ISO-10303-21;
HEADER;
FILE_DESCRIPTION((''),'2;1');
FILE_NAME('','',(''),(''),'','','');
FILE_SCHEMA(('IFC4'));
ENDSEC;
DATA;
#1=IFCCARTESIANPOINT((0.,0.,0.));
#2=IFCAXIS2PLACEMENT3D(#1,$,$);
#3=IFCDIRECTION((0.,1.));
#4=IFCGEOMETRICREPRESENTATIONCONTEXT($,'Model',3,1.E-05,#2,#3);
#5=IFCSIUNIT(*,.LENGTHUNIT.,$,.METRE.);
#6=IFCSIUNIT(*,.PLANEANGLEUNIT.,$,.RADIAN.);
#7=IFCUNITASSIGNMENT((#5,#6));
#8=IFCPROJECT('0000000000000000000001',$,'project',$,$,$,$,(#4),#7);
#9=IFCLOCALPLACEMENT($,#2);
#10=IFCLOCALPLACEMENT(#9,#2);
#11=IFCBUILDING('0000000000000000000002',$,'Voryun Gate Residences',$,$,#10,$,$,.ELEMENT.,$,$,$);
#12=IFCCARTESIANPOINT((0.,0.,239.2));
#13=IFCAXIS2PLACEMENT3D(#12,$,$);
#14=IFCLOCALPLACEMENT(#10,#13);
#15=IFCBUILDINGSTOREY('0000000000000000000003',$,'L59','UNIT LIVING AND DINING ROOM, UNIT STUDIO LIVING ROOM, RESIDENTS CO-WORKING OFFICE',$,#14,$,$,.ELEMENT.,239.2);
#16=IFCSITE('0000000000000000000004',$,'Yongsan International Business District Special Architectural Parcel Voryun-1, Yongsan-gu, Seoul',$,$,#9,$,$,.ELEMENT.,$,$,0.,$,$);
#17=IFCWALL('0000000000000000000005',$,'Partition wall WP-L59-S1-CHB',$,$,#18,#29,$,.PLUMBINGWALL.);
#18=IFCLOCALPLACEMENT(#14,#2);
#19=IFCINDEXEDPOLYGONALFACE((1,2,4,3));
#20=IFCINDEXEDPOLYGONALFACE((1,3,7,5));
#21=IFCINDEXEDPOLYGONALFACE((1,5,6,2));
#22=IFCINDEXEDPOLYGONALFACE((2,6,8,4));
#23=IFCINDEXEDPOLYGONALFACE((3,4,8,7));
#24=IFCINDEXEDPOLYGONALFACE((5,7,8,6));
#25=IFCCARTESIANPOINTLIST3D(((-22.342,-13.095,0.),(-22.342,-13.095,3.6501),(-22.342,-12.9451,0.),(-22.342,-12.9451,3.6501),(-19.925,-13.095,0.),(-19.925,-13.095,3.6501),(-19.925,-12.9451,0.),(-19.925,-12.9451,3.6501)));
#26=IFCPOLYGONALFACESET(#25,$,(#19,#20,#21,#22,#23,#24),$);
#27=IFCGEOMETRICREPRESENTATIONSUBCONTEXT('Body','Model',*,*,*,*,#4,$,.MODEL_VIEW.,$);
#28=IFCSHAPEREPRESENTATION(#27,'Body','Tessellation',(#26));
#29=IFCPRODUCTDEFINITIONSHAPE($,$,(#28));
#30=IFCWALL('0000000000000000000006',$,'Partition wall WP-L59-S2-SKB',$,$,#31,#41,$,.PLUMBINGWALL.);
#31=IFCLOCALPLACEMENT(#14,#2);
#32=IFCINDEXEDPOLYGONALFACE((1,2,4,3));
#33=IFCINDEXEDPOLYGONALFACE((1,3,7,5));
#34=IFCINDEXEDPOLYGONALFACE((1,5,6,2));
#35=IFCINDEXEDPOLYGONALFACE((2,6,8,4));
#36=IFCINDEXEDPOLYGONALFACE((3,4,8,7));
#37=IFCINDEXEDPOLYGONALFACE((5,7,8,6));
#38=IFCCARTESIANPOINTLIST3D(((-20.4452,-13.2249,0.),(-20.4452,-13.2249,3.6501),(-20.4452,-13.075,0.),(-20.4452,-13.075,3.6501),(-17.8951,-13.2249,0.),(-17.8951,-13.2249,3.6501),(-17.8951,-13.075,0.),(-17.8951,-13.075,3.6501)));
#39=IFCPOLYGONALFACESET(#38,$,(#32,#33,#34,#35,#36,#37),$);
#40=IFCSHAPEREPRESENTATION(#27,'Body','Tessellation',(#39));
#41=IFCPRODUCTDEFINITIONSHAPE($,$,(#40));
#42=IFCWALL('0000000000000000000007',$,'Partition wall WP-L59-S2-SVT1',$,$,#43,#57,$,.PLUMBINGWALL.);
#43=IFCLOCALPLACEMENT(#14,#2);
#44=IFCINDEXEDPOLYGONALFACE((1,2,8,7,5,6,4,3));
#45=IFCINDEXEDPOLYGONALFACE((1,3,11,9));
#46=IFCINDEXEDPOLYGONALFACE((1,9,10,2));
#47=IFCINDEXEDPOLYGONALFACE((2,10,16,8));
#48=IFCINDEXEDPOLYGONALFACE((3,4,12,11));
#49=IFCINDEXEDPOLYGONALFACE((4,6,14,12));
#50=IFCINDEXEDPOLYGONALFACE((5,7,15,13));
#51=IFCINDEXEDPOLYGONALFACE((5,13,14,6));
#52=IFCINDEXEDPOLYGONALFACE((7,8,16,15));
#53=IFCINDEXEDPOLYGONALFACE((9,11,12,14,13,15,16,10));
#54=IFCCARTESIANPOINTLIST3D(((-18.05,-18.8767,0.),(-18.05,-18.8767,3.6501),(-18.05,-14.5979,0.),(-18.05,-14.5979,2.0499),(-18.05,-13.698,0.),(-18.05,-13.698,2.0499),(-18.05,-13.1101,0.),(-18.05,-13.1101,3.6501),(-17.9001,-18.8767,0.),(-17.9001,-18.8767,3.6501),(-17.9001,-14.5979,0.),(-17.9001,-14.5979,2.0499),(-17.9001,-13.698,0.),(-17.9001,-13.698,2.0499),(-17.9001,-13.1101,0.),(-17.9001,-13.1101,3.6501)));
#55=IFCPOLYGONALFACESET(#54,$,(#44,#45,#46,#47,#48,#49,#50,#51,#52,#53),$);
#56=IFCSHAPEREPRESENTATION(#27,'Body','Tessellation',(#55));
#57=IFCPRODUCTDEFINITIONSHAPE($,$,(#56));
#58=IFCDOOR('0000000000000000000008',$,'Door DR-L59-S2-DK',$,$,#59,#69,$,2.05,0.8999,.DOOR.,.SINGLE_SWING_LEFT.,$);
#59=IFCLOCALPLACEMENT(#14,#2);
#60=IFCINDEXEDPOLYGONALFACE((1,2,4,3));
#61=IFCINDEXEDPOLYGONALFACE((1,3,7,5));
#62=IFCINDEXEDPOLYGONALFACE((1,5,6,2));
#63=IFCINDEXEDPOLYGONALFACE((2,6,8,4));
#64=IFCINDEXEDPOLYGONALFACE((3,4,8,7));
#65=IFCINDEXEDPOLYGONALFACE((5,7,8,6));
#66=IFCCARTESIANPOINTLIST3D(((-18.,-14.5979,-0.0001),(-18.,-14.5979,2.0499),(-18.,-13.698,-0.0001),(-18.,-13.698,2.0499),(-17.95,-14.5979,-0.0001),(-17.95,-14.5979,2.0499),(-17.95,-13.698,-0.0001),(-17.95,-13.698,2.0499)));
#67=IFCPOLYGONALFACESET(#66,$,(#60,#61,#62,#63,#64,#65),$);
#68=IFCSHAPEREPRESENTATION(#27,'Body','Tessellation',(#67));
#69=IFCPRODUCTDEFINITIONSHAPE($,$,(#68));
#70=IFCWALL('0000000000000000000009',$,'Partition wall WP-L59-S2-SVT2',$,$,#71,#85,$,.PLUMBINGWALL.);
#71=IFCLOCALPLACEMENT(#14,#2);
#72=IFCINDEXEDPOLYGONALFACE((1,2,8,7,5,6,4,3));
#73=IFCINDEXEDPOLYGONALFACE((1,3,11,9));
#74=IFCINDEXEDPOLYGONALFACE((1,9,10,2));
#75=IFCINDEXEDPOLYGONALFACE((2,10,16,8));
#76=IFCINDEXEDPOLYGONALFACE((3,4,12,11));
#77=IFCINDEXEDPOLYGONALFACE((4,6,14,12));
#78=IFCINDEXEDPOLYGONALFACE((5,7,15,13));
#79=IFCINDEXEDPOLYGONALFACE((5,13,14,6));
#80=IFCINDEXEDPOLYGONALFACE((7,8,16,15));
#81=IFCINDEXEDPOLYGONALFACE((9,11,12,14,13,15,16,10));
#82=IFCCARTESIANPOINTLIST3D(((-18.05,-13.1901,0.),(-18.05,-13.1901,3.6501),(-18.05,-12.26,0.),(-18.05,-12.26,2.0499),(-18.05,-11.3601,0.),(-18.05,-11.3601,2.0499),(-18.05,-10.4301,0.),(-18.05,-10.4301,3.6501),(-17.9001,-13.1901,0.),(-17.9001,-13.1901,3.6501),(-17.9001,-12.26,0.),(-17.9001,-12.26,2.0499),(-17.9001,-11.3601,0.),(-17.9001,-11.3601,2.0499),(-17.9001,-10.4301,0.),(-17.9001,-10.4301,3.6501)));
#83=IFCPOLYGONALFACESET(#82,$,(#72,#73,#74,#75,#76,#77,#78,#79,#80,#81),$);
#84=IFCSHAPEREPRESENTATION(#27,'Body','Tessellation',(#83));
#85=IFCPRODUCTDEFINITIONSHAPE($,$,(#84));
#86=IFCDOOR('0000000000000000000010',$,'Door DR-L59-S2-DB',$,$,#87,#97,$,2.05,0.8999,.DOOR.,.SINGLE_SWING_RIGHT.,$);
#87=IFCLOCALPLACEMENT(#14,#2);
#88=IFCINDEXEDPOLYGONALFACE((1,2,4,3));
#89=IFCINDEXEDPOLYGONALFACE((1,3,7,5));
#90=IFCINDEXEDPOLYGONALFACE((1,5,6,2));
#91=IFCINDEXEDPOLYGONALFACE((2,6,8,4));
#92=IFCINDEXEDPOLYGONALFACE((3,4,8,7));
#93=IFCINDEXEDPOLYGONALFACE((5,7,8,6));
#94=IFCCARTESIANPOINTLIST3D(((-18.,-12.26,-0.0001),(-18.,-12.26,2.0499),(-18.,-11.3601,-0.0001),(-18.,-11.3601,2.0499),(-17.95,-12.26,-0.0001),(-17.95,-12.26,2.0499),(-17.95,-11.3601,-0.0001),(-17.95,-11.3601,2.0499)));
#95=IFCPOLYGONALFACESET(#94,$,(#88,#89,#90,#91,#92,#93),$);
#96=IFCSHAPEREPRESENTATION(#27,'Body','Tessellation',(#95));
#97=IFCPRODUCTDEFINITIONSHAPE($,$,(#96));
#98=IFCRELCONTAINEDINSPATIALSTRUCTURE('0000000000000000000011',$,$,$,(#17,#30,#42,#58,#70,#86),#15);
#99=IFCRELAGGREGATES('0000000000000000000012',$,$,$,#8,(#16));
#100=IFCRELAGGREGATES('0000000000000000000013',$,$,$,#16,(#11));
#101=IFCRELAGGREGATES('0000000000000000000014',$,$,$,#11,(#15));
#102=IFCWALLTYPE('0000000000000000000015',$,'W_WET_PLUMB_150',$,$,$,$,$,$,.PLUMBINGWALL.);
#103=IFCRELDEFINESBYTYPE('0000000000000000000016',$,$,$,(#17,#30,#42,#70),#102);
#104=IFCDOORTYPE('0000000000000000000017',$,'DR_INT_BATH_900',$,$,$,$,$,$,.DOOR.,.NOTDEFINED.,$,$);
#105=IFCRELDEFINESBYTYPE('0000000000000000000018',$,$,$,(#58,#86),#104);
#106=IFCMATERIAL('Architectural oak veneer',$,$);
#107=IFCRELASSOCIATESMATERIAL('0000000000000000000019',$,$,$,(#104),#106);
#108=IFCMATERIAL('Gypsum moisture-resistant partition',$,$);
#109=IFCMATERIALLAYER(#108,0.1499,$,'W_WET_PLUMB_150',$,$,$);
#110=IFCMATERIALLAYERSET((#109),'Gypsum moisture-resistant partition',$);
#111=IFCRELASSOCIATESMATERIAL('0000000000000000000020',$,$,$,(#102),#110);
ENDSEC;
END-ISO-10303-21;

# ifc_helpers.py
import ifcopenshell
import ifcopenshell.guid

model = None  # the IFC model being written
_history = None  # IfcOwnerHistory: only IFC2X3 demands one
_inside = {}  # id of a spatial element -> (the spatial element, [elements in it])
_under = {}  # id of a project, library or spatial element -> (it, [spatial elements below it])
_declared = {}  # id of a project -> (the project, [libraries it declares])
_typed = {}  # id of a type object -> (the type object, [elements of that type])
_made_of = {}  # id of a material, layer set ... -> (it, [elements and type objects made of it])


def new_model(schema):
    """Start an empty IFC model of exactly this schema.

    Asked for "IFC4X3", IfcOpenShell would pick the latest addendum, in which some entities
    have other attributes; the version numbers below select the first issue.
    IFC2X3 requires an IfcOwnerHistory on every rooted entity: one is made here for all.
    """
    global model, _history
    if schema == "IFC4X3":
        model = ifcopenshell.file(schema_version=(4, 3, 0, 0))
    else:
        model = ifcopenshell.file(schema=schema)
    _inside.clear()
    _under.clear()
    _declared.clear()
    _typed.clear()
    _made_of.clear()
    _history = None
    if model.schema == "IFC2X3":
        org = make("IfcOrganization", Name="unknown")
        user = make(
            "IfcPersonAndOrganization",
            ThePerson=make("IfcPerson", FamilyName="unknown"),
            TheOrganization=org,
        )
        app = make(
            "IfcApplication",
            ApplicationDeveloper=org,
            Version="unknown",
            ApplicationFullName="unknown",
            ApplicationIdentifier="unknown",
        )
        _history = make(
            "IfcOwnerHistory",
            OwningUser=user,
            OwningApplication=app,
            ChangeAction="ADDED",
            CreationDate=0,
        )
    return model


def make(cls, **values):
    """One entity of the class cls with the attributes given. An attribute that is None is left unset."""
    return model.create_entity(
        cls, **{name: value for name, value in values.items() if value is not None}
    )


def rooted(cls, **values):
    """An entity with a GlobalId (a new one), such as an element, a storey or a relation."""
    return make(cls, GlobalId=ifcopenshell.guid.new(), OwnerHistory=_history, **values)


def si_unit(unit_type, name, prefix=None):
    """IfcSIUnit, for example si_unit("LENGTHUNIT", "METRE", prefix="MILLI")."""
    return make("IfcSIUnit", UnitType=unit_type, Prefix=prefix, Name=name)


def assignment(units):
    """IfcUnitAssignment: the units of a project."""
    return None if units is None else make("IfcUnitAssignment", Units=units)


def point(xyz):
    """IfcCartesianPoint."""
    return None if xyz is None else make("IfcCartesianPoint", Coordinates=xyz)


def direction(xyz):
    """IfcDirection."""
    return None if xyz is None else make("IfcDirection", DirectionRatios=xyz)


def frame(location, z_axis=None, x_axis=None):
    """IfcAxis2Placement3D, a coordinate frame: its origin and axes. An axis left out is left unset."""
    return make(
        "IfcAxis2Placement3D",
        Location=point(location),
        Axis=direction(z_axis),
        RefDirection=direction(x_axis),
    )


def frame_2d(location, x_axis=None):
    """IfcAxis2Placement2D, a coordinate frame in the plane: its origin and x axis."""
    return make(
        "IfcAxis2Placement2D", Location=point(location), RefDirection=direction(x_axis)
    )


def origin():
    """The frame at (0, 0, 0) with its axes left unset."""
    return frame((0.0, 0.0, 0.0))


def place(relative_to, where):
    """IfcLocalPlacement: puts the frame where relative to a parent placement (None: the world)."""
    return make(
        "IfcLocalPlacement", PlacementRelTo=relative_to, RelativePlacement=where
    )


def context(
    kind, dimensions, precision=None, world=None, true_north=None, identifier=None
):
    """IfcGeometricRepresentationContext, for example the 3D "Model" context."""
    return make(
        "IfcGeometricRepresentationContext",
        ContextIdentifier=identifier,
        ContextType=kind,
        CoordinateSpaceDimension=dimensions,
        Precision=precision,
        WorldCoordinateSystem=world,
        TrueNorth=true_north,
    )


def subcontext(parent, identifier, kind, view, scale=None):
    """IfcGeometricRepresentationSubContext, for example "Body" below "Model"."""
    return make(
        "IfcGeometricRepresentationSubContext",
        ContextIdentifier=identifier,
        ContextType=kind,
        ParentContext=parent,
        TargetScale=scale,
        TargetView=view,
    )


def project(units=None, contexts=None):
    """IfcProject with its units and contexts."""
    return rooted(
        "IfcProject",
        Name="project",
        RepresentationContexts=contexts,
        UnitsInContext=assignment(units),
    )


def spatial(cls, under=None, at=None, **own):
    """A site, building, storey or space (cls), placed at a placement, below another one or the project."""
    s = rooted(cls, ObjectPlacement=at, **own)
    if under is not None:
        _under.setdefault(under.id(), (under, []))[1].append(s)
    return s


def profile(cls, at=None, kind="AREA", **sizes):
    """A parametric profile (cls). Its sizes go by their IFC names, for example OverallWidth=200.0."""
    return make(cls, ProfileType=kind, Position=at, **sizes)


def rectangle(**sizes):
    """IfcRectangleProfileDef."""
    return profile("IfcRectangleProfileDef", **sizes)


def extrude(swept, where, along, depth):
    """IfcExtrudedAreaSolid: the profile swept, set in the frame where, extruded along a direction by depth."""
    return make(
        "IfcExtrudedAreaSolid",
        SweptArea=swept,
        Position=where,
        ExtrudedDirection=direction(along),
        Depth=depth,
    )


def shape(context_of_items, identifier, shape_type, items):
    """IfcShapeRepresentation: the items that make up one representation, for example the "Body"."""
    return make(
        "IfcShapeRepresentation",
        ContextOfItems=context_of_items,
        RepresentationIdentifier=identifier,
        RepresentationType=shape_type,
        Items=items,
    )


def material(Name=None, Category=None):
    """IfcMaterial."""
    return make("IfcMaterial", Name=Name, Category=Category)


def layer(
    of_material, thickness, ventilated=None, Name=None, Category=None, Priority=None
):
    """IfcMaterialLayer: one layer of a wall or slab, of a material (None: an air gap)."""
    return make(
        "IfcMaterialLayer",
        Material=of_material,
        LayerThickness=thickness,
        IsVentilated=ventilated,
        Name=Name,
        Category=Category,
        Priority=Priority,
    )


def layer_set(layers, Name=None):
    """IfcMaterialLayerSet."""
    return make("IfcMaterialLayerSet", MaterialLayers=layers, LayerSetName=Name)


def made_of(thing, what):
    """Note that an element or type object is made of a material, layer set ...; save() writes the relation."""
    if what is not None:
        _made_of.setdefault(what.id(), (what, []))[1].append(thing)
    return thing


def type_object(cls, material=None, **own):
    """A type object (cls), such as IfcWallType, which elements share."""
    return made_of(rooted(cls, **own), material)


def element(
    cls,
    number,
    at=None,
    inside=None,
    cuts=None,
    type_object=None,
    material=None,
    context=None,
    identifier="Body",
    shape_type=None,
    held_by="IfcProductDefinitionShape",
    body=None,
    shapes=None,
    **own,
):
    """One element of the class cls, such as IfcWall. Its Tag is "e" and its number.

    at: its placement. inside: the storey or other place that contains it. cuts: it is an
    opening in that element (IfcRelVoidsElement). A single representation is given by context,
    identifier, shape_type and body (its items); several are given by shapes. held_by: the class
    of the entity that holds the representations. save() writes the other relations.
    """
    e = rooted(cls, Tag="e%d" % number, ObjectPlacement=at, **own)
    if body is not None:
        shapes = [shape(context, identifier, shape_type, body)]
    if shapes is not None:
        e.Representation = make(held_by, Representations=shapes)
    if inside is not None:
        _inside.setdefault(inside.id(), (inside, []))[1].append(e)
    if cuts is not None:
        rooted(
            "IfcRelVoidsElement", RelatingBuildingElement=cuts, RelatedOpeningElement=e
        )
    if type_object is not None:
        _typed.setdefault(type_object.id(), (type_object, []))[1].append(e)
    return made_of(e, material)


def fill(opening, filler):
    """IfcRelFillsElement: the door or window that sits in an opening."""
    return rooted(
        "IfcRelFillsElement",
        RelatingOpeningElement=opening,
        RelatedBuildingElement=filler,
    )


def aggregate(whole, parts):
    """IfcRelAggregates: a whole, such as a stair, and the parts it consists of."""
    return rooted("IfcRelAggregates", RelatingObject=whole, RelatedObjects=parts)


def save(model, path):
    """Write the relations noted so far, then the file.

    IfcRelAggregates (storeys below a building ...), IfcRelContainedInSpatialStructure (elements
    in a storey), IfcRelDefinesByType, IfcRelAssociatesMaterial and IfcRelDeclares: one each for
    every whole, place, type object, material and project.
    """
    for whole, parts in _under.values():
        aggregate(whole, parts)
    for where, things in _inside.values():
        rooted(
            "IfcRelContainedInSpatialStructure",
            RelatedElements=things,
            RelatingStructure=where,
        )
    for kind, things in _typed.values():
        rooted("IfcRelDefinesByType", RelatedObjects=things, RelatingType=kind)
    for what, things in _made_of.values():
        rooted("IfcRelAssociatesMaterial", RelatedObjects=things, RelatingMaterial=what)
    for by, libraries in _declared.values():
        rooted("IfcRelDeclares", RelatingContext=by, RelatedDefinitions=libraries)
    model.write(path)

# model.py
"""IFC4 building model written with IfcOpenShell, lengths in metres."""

from ifc_helpers import new_model, si_unit, direction, frame, frame_2d, origin, place, context, subcontext, project, spatial, rectangle, extrude, material, layer, layer_set, type_object, element, fill, save


model = new_model("IFC4")

# Units and contexts
model_context = context("Model", 3, precision=1e-05, world=origin(), true_north=direction((0.0, 1.0)))
body_context = subcontext(model_context, "Body", "Model", "MODEL_VIEW")
ifc_project = project(units=[si_unit("LENGTHUNIT", "METRE"), si_unit("PLANEANGLEUNIT", "RADIAN")], contexts=[model_context])

# Site, building, storey
site_placement = place(None, origin())
site = spatial("IfcSite", under=ifc_project, at=site_placement, Name="Yongsan International Business District Special Architectural Parcel Voryun-1, Yongsan-gu, Seoul", CompositionType="ELEMENT", RefElevation=0.0)
building_placement = place(site_placement, origin())
building = spatial("IfcBuilding", under=site, at=building_placement, Name="Voryun Gate Residences", CompositionType="ELEMENT")
storey_placement = place(building_placement, frame((0.0, 0.0, 239.2)))
storey = spatial("IfcBuildingStorey", under=building, at=storey_placement, Name="L59", Description="UNIT LIVING AND DINING ROOM, UNIT STUDIO LIVING ROOM, RESIDENTS CO-WORKING OFFICE", CompositionType="ELEMENT", Elevation=239.2)

# Shared definitions
ifc_material_1 = material(Name="Architectural oak veneer")
door_type_1 = type_object("IfcDoorType", Name="DR_INT_BATH_900", OperationType="NOTDEFINED", PredefinedType="DOOR", material=ifc_material_1)

# Shared definitions
ifc_material_2 = material(Name="Gypsum moisture-resistant partition")
ifc_layer_1 = layer(ifc_material_2, 0.1499, Name="W_WET_PLUMB_150")
ifc_layer_set_1 = layer_set([ifc_layer_1], Name="Gypsum moisture-resistant partition")
wall_type_1 = type_object("IfcWallType", Name="W_WET_PLUMB_150", PredefinedType="PLUMBINGWALL", material=ifc_layer_set_1)

# Walls
wall_1_placement = place(storey_placement, frame((-22.342, -13.02, 0.0), z_axis=(0.0, 0.0, 1.0), x_axis=(1.0, 0.0, 0.0)))
element("IfcWall", 1, at=wall_1_placement, inside=storey, type_object=wall_type_1, Name="Partition wall WP-L59-S1-CHB", PredefinedType="PLUMBINGWALL", context=body_context, shape_type="SweptSolid", body=[
    extrude(rectangle(XDim=2.417, YDim=0.1499, at=frame_2d((1.2085, 0.0))), origin(), (0.0, 0.0, 1.0), 3.6501),
])
wall_2_placement = place(storey_placement, frame((-20.4451, -13.1499, 0.0), z_axis=(0.0, 0.0, 1.0), x_axis=(1.0, 0.0, 0.0)))
element("IfcWall", 2, at=wall_2_placement, inside=storey, type_object=wall_type_1, Name="Partition wall WP-L59-S2-SKB", PredefinedType="PLUMBINGWALL", context=body_context, shape_type="SweptSolid", body=[
    extrude(rectangle(XDim=2.55, YDim=0.1499, at=frame_2d((1.2749, 0.0))), origin(), (0.0, 0.0, 1.0), 3.6501),
])

# Walls, openings, doors
wall_3_placement = place(storey_placement, frame((-17.9751, -18.8767, 0.0), z_axis=(0.0, 0.0, 1.0), x_axis=(0.0, 1.0, 0.0)))
wall_3 = element("IfcWall", 3, at=wall_3_placement, inside=storey, type_object=wall_type_1, Name="Partition wall WP-L59-S2-SVT1", PredefinedType="PLUMBINGWALL", context=body_context, shape_type="SweptSolid", body=[
    extrude(rectangle(XDim=5.7666, YDim=0.1499, at=frame_2d((2.8833, 0.0))), origin(), (0.0, 0.0, 1.0), 3.6501),
])
opening_1_placement = place(wall_3_placement, frame((4.2788, 0.0, 0.0)))
opening_1 = element("IfcOpeningElement", 4, at=opening_1_placement, cuts=wall_3, PredefinedType="OPENING", context=body_context, shape_type="SweptSolid", body=[
    extrude(rectangle(XDim=0.8999, YDim=2.05, at=frame_2d((0.45, 1.0249))), frame((0.0, 0.085, 0.0), z_axis=(0.0, -1.0, 0.0), x_axis=(1.0, 0.0, 0.0)), (0.0, 0.0, 1.0), 0.1699),
])
door_1_placement = place(opening_1_placement, origin())
door_1 = element("IfcDoor", 5, at=door_1_placement, inside=storey, type_object=door_type_1, Name="Door DR-L59-S2-DK", OperationType="SINGLE_SWING_LEFT", OverallHeight=2.05, OverallWidth=0.8999, PredefinedType="DOOR", context=body_context, shape_type="SweptSolid", body=[
    extrude(rectangle(XDim=0.8999, YDim=2.05, at=frame_2d((0.45, 1.0249))), frame((0.0, 0.0249, 0.0), z_axis=(0.0, -1.0, 0.0), x_axis=(1.0, 0.0, 0.0)), (0.0, 0.0, 1.0), 0.05),
])
fill(opening_1, door_1)
wall_4_placement = place(storey_placement, frame((-17.9751, -13.1899, 0.0), z_axis=(0.0, 0.0, 1.0), x_axis=(0.0, 1.0, 0.0)))
wall_4 = element("IfcWall", 6, at=wall_4_placement, inside=storey, type_object=wall_type_1, Name="Partition wall WP-L59-S2-SVT2", PredefinedType="PLUMBINGWALL", context=body_context, shape_type="SweptSolid", body=[
    extrude(rectangle(XDim=2.76, YDim=0.1499, at=frame_2d((1.3799, 0.0))), origin(), (0.0, 0.0, 1.0), 3.6501),
])
opening_2_placement = place(wall_4_placement, frame((0.9299, 0.0, 0.0)))
opening_2 = element("IfcOpeningElement", 7, at=opening_2_placement, cuts=wall_4, PredefinedType="OPENING", context=body_context, shape_type="SweptSolid", body=[
    extrude(rectangle(XDim=0.8999, YDim=2.05, at=frame_2d((0.45, 1.0249))), frame((0.0, 0.085, 0.0), z_axis=(0.0, -1.0, 0.0), x_axis=(1.0, 0.0, 0.0)), (0.0, 0.0, 1.0), 0.1699),
])
door_2_placement = place(opening_2_placement, origin())
door_2 = element("IfcDoor", 8, at=door_2_placement, inside=storey, type_object=door_type_1, Name="Door DR-L59-S2-DB", OperationType="SINGLE_SWING_RIGHT", OverallHeight=2.05, OverallWidth=0.8999, PredefinedType="DOOR", context=body_context, shape_type="SweptSolid", body=[
    extrude(rectangle(XDim=0.8999, YDim=2.05, at=frame_2d((0.45, 1.0249))), frame((0.0, 0.0249, 0.0), z_axis=(0.0, -1.0, 0.0), x_axis=(1.0, 0.0, 0.0)), (0.0, 0.0, 1.0), 0.05),
])
fill(opening_2, door_2)

save(model, "model.ifc")
